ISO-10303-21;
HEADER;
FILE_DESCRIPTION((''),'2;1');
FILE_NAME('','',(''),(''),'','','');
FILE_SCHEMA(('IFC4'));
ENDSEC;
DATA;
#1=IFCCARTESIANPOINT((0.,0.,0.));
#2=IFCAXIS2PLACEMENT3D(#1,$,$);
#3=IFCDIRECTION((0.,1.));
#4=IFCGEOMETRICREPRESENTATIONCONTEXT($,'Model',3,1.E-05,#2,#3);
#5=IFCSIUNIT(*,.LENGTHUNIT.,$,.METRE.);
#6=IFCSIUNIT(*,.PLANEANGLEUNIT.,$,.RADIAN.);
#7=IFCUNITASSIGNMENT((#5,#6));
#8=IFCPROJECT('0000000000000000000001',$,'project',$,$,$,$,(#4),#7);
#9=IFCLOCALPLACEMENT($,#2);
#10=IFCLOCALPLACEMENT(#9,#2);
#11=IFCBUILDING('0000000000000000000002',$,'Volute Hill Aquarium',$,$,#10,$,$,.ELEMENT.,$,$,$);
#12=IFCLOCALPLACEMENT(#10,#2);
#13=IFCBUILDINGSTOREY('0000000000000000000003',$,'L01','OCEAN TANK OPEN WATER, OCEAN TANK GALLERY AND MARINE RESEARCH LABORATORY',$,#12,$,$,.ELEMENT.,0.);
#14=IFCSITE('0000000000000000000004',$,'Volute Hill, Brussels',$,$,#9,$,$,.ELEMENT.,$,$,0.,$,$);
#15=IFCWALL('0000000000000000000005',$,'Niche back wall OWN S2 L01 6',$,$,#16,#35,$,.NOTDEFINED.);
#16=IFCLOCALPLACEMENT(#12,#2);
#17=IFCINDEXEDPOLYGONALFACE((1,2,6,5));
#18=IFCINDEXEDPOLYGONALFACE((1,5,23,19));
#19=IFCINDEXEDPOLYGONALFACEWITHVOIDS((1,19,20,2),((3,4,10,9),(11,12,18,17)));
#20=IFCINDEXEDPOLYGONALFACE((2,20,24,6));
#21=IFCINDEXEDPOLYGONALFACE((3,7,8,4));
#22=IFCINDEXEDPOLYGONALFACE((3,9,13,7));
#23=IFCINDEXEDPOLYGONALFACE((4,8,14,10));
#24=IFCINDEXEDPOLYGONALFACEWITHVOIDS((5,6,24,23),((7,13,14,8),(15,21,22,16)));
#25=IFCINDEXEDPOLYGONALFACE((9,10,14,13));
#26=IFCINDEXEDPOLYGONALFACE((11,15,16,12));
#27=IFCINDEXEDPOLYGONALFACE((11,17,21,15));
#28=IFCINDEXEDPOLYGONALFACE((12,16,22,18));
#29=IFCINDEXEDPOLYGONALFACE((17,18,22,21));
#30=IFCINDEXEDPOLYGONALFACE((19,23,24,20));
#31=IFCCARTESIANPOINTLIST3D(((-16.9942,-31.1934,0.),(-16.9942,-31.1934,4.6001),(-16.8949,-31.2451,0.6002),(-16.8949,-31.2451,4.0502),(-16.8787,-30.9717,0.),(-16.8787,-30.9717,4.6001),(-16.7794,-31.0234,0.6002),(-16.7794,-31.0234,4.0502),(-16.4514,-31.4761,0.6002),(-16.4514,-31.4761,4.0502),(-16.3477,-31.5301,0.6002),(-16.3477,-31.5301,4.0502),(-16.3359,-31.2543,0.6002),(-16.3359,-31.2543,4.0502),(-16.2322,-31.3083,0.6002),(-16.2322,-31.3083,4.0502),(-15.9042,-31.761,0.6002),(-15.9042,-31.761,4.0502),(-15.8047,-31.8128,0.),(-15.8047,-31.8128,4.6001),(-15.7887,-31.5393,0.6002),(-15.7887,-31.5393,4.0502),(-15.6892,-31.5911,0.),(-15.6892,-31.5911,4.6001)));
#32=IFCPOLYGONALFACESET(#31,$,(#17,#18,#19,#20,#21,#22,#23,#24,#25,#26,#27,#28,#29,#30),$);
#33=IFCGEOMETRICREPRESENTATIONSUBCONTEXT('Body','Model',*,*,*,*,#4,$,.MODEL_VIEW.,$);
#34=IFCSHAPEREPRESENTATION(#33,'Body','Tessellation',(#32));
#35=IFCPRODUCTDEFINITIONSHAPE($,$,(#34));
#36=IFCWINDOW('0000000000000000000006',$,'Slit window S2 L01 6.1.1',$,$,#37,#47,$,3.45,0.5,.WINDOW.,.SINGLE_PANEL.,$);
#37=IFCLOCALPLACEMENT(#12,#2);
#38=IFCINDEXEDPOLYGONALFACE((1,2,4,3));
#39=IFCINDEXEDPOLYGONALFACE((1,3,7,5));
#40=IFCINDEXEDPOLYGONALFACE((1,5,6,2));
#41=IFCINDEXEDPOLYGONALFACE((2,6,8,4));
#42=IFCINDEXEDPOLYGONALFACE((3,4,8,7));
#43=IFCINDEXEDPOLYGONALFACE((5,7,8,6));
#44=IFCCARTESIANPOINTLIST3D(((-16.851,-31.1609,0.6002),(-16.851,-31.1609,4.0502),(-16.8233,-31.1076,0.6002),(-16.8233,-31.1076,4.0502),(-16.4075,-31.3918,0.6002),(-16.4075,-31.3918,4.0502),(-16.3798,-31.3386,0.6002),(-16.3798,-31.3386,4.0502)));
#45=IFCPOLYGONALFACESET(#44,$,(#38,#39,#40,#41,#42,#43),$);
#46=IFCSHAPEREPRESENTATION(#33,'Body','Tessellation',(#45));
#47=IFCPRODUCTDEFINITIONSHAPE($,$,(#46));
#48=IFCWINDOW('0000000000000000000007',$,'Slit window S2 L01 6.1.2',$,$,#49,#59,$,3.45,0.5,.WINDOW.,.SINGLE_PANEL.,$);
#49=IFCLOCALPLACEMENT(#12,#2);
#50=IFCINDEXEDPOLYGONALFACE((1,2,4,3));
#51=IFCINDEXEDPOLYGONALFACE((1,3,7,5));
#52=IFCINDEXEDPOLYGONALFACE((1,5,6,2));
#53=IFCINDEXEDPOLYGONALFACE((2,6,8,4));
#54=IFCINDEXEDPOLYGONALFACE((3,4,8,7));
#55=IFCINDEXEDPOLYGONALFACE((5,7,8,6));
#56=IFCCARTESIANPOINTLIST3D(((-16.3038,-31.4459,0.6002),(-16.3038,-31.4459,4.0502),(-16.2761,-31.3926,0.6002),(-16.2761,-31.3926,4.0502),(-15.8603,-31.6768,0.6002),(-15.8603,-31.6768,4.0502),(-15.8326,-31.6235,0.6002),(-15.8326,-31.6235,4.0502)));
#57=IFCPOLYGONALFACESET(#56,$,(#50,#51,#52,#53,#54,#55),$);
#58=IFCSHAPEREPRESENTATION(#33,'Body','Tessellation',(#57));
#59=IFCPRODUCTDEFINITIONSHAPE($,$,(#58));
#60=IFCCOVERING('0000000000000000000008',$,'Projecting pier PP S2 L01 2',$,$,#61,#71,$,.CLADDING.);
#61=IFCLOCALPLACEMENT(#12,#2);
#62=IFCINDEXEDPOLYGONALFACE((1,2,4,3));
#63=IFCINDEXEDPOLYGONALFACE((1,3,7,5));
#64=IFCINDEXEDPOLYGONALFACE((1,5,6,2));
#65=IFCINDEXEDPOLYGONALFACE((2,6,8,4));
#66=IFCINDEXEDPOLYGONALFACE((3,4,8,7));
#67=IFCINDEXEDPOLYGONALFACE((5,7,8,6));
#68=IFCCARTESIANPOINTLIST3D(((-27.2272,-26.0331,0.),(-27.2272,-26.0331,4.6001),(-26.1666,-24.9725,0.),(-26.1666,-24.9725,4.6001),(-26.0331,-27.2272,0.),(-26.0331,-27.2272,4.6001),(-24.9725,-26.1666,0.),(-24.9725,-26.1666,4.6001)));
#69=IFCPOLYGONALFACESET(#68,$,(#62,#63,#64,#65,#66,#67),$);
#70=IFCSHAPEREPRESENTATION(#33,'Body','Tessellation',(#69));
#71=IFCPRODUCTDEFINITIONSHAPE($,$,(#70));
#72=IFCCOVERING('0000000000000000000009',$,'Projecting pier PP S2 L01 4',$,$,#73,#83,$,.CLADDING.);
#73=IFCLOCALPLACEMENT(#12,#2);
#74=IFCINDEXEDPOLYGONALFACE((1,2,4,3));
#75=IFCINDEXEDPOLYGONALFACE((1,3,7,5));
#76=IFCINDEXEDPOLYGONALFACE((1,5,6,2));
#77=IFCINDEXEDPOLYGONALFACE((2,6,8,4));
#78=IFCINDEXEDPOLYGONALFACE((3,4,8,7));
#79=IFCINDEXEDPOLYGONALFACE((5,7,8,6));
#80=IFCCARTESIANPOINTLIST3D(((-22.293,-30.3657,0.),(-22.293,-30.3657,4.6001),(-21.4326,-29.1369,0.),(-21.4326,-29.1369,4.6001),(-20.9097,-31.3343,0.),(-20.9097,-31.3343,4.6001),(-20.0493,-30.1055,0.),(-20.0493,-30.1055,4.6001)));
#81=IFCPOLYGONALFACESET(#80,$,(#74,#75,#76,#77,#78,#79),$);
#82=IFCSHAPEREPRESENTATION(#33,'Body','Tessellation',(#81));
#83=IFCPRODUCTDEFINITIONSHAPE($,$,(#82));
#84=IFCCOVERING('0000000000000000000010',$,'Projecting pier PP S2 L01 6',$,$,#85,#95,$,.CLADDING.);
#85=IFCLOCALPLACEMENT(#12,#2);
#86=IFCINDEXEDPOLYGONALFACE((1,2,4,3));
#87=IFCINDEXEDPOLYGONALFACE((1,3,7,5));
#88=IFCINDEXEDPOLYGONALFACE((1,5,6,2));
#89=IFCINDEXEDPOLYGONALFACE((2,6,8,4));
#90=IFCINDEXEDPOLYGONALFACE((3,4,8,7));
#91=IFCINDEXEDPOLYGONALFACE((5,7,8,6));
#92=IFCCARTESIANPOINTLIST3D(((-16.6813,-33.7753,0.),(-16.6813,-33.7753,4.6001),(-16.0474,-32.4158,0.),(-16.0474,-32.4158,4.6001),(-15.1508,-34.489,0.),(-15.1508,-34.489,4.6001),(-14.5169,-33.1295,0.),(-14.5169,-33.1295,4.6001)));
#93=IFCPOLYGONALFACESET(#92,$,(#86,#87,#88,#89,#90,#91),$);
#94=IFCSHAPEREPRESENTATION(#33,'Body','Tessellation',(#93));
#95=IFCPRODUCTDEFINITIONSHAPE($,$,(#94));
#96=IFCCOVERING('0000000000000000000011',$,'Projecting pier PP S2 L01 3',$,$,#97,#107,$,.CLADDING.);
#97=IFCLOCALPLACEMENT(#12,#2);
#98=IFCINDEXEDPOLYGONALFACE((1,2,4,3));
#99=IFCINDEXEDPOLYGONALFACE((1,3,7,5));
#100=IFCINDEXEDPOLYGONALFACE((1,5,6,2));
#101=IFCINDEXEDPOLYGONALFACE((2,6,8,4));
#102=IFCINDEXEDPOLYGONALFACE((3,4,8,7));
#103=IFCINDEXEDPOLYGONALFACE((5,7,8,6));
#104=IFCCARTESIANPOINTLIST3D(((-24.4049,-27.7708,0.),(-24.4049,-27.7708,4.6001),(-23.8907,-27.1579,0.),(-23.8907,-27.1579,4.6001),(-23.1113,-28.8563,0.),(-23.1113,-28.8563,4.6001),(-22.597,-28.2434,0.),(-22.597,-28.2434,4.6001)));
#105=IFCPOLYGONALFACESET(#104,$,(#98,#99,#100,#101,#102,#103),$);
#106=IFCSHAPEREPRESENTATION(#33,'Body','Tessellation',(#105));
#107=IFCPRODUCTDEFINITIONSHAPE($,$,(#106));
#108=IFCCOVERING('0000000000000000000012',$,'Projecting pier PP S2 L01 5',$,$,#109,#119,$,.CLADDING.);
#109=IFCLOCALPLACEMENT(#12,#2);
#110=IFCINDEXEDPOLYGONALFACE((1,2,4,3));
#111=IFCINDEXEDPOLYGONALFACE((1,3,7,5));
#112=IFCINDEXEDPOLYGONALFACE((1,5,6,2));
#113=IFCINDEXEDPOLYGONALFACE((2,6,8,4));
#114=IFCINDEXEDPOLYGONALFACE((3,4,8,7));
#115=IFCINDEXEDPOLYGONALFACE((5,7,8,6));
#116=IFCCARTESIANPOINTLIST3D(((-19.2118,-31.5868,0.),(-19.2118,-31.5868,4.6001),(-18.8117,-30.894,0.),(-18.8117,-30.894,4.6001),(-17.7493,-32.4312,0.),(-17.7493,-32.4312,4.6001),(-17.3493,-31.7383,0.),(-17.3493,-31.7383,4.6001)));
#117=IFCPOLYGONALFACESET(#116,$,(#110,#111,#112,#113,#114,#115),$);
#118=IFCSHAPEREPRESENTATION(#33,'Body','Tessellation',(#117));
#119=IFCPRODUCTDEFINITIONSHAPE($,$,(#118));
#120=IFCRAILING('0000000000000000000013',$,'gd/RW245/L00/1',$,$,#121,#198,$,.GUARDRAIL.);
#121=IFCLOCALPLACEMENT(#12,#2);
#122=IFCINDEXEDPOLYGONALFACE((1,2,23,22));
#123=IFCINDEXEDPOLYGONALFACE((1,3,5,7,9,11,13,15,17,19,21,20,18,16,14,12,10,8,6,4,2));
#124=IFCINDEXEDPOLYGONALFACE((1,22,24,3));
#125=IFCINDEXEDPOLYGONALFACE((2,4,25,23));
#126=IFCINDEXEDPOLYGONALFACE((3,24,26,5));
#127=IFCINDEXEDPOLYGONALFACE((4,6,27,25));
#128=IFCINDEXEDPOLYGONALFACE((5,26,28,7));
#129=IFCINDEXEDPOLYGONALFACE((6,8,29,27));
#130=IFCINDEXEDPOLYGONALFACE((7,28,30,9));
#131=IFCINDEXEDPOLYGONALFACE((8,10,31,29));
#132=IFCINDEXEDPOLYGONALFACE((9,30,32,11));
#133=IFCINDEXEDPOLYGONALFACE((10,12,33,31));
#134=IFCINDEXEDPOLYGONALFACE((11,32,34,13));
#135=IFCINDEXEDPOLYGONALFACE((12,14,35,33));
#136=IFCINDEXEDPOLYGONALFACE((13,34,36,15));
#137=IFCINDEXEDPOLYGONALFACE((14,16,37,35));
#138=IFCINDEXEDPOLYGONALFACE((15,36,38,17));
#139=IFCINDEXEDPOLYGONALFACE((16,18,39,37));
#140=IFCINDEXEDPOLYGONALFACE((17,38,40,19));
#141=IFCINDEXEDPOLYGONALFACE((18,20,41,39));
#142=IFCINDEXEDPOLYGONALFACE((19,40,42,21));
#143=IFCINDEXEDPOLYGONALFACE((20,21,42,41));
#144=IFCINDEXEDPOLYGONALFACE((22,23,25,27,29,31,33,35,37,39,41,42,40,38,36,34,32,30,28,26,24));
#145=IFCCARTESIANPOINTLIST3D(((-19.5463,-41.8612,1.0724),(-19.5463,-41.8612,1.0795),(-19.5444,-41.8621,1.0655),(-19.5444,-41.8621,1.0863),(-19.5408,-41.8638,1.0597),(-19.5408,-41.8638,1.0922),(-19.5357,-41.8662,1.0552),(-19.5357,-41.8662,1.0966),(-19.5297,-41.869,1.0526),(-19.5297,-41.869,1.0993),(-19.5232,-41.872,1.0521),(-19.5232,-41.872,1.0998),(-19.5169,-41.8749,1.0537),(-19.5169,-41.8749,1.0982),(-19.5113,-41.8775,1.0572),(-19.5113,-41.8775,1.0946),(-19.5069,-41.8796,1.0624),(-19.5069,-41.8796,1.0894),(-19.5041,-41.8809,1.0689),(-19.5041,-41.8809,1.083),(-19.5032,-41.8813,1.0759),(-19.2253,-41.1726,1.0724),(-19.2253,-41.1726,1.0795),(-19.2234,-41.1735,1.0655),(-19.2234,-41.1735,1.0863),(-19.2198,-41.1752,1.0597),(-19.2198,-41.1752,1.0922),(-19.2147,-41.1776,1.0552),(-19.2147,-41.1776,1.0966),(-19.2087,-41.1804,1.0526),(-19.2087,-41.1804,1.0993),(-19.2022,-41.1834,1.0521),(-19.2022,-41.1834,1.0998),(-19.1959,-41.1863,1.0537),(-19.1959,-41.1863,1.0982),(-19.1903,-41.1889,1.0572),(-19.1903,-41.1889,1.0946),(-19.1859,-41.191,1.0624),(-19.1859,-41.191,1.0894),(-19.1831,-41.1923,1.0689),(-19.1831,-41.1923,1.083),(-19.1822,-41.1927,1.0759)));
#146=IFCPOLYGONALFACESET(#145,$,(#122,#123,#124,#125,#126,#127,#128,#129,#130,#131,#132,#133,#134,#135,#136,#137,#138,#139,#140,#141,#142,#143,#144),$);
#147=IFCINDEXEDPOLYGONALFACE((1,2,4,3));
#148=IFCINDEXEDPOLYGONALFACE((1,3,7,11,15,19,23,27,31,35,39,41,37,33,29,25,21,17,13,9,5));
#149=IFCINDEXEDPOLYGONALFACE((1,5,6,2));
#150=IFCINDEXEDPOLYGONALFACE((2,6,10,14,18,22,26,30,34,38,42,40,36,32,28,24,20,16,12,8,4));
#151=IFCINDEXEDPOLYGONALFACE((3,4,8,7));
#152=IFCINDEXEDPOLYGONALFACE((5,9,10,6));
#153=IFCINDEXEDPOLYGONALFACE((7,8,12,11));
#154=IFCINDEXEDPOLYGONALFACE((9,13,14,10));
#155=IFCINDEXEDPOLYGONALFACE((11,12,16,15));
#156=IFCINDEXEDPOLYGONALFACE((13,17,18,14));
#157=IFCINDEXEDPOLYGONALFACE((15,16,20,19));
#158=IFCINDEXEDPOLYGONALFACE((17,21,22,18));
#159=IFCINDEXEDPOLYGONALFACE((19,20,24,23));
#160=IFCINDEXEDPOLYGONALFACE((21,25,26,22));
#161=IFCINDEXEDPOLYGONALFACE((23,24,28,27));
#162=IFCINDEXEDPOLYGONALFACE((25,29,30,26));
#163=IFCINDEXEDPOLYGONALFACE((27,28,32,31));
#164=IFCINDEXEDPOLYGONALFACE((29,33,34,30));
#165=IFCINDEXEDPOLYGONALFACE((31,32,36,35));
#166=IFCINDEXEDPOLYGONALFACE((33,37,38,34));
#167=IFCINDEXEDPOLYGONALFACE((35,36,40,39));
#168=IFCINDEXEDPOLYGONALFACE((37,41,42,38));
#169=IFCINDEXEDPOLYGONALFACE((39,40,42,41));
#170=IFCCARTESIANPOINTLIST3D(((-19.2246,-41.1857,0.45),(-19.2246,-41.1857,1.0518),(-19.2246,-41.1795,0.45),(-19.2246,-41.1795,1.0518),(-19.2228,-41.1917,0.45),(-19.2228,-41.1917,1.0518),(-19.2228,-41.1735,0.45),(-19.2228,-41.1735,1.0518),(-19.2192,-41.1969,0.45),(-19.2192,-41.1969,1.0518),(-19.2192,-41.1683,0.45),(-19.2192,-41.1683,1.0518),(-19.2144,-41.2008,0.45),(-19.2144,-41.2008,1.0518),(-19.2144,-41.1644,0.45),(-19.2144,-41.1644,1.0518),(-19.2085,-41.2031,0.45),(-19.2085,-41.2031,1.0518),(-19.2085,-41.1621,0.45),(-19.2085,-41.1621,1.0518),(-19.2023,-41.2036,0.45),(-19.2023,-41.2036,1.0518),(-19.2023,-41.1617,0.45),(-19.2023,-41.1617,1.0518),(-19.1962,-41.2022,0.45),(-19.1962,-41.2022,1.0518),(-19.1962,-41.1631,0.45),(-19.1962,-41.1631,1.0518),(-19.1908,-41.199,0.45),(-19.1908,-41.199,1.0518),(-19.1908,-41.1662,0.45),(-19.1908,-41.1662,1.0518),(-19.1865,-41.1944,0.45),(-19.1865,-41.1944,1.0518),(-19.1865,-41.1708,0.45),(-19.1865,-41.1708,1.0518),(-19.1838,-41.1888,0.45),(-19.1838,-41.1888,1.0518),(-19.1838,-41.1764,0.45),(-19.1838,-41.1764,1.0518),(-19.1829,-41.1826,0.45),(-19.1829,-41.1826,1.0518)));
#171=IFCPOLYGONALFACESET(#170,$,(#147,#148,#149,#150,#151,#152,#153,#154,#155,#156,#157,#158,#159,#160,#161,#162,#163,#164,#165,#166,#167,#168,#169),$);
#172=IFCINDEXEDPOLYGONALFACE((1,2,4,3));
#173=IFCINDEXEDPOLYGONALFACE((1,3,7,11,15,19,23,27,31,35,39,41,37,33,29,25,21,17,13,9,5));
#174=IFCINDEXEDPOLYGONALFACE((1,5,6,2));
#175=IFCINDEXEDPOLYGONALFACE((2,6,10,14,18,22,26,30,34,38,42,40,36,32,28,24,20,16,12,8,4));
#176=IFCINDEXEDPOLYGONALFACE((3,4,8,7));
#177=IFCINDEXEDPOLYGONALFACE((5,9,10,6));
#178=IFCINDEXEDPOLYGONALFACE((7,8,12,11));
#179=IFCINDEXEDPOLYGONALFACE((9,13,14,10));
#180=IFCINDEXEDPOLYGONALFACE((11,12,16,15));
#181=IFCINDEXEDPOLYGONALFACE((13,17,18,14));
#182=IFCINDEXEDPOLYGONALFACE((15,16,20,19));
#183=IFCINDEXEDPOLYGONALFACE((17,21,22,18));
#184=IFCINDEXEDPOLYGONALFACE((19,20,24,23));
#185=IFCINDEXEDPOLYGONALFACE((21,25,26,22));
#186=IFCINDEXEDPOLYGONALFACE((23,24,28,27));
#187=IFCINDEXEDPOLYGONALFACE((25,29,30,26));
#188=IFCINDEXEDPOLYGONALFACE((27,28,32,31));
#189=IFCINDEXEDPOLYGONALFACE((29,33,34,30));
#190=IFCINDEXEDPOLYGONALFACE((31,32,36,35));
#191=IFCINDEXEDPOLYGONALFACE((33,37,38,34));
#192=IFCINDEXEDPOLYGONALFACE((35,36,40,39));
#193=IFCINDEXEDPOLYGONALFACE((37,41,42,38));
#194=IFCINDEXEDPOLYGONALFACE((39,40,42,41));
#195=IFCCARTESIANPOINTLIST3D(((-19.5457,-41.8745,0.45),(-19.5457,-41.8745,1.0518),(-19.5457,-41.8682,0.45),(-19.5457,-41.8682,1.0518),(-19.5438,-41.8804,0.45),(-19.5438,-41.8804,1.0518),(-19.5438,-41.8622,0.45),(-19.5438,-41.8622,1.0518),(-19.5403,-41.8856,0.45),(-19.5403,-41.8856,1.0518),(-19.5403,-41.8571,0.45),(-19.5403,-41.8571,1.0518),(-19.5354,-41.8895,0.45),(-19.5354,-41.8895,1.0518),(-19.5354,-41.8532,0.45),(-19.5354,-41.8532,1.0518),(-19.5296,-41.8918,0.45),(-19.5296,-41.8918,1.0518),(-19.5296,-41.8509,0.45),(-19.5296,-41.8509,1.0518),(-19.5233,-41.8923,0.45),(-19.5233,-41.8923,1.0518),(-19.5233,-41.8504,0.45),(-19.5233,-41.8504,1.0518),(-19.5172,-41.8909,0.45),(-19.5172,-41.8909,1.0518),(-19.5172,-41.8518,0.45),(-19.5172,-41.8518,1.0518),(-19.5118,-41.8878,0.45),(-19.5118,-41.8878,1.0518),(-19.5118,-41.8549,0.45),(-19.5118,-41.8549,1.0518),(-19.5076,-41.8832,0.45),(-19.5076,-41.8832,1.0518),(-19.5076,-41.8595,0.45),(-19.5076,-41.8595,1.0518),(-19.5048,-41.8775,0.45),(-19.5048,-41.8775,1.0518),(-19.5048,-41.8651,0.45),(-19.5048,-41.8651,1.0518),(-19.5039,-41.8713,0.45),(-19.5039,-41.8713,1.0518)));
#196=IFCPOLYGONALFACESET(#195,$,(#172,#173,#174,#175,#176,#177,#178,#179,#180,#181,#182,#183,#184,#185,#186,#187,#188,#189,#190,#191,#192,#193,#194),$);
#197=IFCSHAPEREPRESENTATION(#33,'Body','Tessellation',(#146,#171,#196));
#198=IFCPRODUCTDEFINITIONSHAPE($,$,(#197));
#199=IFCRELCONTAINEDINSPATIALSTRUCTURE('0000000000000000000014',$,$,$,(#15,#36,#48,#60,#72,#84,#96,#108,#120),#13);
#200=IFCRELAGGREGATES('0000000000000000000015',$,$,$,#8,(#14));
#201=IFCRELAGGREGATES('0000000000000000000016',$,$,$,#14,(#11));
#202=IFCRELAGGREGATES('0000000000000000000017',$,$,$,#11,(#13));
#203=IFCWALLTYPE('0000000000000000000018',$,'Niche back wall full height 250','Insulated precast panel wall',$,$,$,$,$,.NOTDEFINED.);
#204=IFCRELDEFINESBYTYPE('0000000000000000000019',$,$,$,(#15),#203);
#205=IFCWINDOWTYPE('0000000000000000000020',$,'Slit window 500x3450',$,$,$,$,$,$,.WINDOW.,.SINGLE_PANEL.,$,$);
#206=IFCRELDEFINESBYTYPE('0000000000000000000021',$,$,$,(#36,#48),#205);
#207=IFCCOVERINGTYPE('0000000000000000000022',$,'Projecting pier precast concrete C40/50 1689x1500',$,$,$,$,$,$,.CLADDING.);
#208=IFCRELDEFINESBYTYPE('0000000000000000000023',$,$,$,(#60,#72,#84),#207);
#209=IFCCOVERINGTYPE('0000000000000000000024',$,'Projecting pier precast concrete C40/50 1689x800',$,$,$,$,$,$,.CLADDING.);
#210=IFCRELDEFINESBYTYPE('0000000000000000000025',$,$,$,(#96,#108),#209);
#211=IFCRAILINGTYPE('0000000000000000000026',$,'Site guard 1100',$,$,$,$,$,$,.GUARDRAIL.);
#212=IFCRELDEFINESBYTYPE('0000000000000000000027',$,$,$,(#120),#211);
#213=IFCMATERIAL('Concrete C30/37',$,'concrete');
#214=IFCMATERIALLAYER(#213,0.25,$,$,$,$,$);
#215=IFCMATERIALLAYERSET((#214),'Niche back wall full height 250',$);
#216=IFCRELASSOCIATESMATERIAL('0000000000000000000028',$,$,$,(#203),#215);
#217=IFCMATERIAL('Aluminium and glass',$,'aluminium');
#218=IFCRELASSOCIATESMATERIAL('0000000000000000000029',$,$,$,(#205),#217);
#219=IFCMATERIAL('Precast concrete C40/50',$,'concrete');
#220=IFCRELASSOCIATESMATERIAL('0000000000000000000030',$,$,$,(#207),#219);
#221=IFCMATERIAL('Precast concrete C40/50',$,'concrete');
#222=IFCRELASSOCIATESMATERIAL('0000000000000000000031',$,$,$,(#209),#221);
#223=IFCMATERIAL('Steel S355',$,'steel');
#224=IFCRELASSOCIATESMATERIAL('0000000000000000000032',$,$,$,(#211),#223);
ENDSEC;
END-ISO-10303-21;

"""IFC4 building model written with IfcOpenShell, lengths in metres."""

from ifc_helpers import new_model, si_unit, direction, frame, frame_2d, origin, origin_2d, place, context, subcontext, project, spatial, rectangle, circle, extrude, material, layer, layer_set, type_object, element, fill, save


model = new_model("IFC4")

# Units and contexts
model_context = context("Model", 3, precision=1e-05, world=origin(), true_north=direction((0.0, 1.0)))
body_context = subcontext(model_context, "Body", "Model", "MODEL_VIEW")
ifc_project = project(units=[si_unit("LENGTHUNIT", "METRE"), si_unit("PLANEANGLEUNIT", "RADIAN")], contexts=[model_context])

# Site, building, storey
site_placement = place(None, origin())
site = spatial("IfcSite", under=ifc_project, at=site_placement, Name="Volute Hill, Brussels", CompositionType="ELEMENT", RefElevation=0.0)
building_placement = place(site_placement, origin())
building = spatial("IfcBuilding", under=site, at=building_placement, Name="Volute Hill Aquarium", CompositionType="ELEMENT")
storey_placement = place(building_placement, origin())
storey = spatial("IfcBuildingStorey", under=building, at=storey_placement, Name="L01", Description="OCEAN TANK OPEN WATER, OCEAN TANK GALLERY AND MARINE RESEARCH LABORATORY", CompositionType="ELEMENT", Elevation=0.0)

# Wall, openings, windows
ifc_material_1 = material(Name="Concrete C30/37", Category="concrete")
ifc_layer = layer(ifc_material_1, 0.25)
ifc_layer_set = layer_set([ifc_layer], Name="Niche back wall full height 250")
wall_type = type_object("IfcWallType", Name="Niche back wall full height 250", Description="Insulated precast panel wall", PredefinedType="NOTDEFINED", material=ifc_layer_set)
ifc_material_2 = material(Name="Aluminium and glass", Category="aluminium")
window_type = type_object("IfcWindowType", Name="Slit window 500x3450", PartitioningType="SINGLE_PANEL", PredefinedType="WINDOW", material=ifc_material_2)
wall_1_placement = place(storey_placement, frame((-15.7471, -31.7019, 0.0), z_axis=(0.0, 0.0, 1.0), x_axis=(-0.886951, 0.461863, 0.0)))
wall_1 = element("IfcWall", 1, at=wall_1_placement, inside=storey, type_object=wall_type, Name="Niche back wall OWN S2 L01 6", PredefinedType="NOTDEFINED", context=body_context, shape_type="SweptSolid", body=[
    extrude(rectangle(XDim=1.3411, YDim=0.25, at=frame_2d((0.6704, 0.0))), origin(), (0.0, 0.0, 1.0), 4.6001),
])
opening_1_placement = place(wall_1_placement, frame((0.729, 0.0, 0.6001)))
opening_1 = element("IfcOpeningElement", 2, at=opening_1_placement, cuts=wall_1, PredefinedType="OPENING", context=body_context, shape_type="SweptSolid", body=[
    extrude(rectangle(XDim=0.5, YDim=3.45, at=frame_2d((0.25, 1.7251))), frame((0.0, 0.135, 0.0), z_axis=(0.0, -1.0, 0.0), x_axis=(1.0, 0.0, 0.0)), (0.0, 0.0, 1.0), 0.27),
])
opening_2_placement = place(wall_1_placement, frame((0.1121, 0.0, 0.6001)))
opening_2 = element("IfcOpeningElement", 3, at=opening_2_placement, cuts=wall_1, PredefinedType="OPENING", context=body_context, shape_type="SweptSolid", body=[
    extrude(rectangle(XDim=0.5, YDim=3.45, at=frame_2d((0.25, 1.7251))), frame((0.0, 0.135, 0.0), z_axis=(0.0, -1.0, 0.0), x_axis=(1.0, 0.0, 0.0)), (0.0, 0.0, 1.0), 0.27),
])
window_1_placement = place(opening_1_placement, origin())
window_1 = element("IfcWindow", 4, at=window_1_placement, inside=storey, type_object=window_type, Name="Slit window S2 L01 6.1.1", OverallHeight=3.45, OverallWidth=0.5, PartitioningType="SINGLE_PANEL", PredefinedType="WINDOW", context=body_context, shape_type="SweptSolid", body=[
    extrude(rectangle(XDim=0.5, YDim=3.45, at=frame_2d((0.25, 1.7251))), frame((0.0, 0.03, 0.0), z_axis=(0.0, -1.0, 0.0), x_axis=(1.0, 0.0, 0.0)), (0.0, 0.0, 1.0), 0.0601),
])
fill(opening_1, window_1)
window_2_placement = place(opening_2_placement, origin())
window_2 = element("IfcWindow", 5, at=window_2_placement, inside=storey, type_object=window_type, Name="Slit window S2 L01 6.1.2", OverallHeight=3.45, OverallWidth=0.5, PartitioningType="SINGLE_PANEL", PredefinedType="WINDOW", context=body_context, shape_type="SweptSolid", body=[
    extrude(rectangle(XDim=0.5, YDim=3.45, at=frame_2d((0.25, 1.7251))), frame((0.0, 0.03, 0.0), z_axis=(0.0, -1.0, 0.0), x_axis=(1.0, 0.0, 0.0)), (0.0, 0.0, 1.0), 0.0601),
])
fill(opening_2, window_2)

# Coverings
ifc_material_3 = material(Name="Precast concrete C40/50", Category="concrete")
covering_type_1 = type_object("IfcCoveringType", Name="Projecting pier precast concrete C40/50 1689x1500", PredefinedType="CLADDING", material=ifc_material_3)
for number, where, z_axis, x_axis, name in (
    (6, (-26.0999, -26.0999, 0.0), (0.0, 0.0, 1.0), (0.707107, -0.707107, 0.0), "Projecting pier PP S2 L01 2"),
    (7, (-21.1711, -30.2356, 0.0), (0.0, 0.0, 1.0), (0.819152, -0.573576, 0.0), "Projecting pier PP S2 L01 4"),
    (8, (-15.5991, -33.4524, 0.0), (0.0, 0.0, 1.0), (0.906308, -0.422618, 0.0), "Projecting pier PP S2 L01 6"),
):
    element("IfcCovering", number, at=place(storey_placement, frame(where, z_axis=z_axis, x_axis=x_axis)), inside=storey, type_object=covering_type_1, Name=name, PredefinedType="CLADDING", context=body_context, shape_type="SweptSolid", body=[
        extrude(rectangle(XDim=1.6887, YDim=1.5, at=origin_2d()), origin(), (0.0, 0.0, 1.0), 4.6001),
    ])
ifc_material_4 = material(Name="Precast concrete C40/50", Category="concrete")
covering_type_2 = type_object("IfcCoveringType", Name="Projecting pier precast concrete C40/50 1689x800", PredefinedType="CLADDING", material=ifc_material_4)
for number, where, z_axis, x_axis, name in (
    (9, (-23.501, -28.0071, 0.0), (0.0, 0.0, 1.0), (0.766044, -0.642788, 0.0), "Projecting pier PP S2 L01 3"),
    (10, (-18.2805, -31.6626, 0.0), (0.0, 0.0, 1.0), (0.866025, -0.5, 0.0), "Projecting pier PP S2 L01 5"),
):
    element("IfcCovering", number, at=place(storey_placement, frame(where, z_axis=z_axis, x_axis=x_axis)), inside=storey, type_object=covering_type_2, Name=name, PredefinedType="CLADDING", context=body_context, shape_type="SweptSolid", body=[
        extrude(rectangle(XDim=1.6887, YDim=0.8, at=origin_2d()), origin(), (0.0, 0.0, 1.0), 4.6001),
    ])

# Railing
ifc_material_5 = material(Name="Steel S355", Category="steel")
railing_type = type_object("IfcRailingType", Name="Site guard 1100", PredefinedType="GUARDRAIL", material=ifc_material_5)
railing_1_placement = place(storey_placement, frame((-19.2039, -41.1826, 0.45)))
element("IfcRailing", 11, at=railing_1_placement, inside=storey, type_object=railing_type, Name="gd/RW245/L00/1", PredefinedType="GUARDRAIL", context=body_context, shape_type="SweptSolid", body=[
    extrude(circle(Radius=0.0239, at=origin_2d()), frame((0.0, 0.0, 0.626), z_axis=(-0.422498, -0.906364, 0.0), x_axis=(0.906364, -0.422498, 0.0)), (0.0, 0.0, 1.0), 0.7598),
    extrude(circle(Radius=0.021, at=origin_2d()), origin(), (0.0, 0.0, 1.0), 0.6018),
    extrude(circle(Radius=0.021, at=origin_2d()), frame((-0.321, -0.6887, 0.0)), (0.0, 0.0, 1.0), 0.6018),
])

save(model, "model.ifc")
